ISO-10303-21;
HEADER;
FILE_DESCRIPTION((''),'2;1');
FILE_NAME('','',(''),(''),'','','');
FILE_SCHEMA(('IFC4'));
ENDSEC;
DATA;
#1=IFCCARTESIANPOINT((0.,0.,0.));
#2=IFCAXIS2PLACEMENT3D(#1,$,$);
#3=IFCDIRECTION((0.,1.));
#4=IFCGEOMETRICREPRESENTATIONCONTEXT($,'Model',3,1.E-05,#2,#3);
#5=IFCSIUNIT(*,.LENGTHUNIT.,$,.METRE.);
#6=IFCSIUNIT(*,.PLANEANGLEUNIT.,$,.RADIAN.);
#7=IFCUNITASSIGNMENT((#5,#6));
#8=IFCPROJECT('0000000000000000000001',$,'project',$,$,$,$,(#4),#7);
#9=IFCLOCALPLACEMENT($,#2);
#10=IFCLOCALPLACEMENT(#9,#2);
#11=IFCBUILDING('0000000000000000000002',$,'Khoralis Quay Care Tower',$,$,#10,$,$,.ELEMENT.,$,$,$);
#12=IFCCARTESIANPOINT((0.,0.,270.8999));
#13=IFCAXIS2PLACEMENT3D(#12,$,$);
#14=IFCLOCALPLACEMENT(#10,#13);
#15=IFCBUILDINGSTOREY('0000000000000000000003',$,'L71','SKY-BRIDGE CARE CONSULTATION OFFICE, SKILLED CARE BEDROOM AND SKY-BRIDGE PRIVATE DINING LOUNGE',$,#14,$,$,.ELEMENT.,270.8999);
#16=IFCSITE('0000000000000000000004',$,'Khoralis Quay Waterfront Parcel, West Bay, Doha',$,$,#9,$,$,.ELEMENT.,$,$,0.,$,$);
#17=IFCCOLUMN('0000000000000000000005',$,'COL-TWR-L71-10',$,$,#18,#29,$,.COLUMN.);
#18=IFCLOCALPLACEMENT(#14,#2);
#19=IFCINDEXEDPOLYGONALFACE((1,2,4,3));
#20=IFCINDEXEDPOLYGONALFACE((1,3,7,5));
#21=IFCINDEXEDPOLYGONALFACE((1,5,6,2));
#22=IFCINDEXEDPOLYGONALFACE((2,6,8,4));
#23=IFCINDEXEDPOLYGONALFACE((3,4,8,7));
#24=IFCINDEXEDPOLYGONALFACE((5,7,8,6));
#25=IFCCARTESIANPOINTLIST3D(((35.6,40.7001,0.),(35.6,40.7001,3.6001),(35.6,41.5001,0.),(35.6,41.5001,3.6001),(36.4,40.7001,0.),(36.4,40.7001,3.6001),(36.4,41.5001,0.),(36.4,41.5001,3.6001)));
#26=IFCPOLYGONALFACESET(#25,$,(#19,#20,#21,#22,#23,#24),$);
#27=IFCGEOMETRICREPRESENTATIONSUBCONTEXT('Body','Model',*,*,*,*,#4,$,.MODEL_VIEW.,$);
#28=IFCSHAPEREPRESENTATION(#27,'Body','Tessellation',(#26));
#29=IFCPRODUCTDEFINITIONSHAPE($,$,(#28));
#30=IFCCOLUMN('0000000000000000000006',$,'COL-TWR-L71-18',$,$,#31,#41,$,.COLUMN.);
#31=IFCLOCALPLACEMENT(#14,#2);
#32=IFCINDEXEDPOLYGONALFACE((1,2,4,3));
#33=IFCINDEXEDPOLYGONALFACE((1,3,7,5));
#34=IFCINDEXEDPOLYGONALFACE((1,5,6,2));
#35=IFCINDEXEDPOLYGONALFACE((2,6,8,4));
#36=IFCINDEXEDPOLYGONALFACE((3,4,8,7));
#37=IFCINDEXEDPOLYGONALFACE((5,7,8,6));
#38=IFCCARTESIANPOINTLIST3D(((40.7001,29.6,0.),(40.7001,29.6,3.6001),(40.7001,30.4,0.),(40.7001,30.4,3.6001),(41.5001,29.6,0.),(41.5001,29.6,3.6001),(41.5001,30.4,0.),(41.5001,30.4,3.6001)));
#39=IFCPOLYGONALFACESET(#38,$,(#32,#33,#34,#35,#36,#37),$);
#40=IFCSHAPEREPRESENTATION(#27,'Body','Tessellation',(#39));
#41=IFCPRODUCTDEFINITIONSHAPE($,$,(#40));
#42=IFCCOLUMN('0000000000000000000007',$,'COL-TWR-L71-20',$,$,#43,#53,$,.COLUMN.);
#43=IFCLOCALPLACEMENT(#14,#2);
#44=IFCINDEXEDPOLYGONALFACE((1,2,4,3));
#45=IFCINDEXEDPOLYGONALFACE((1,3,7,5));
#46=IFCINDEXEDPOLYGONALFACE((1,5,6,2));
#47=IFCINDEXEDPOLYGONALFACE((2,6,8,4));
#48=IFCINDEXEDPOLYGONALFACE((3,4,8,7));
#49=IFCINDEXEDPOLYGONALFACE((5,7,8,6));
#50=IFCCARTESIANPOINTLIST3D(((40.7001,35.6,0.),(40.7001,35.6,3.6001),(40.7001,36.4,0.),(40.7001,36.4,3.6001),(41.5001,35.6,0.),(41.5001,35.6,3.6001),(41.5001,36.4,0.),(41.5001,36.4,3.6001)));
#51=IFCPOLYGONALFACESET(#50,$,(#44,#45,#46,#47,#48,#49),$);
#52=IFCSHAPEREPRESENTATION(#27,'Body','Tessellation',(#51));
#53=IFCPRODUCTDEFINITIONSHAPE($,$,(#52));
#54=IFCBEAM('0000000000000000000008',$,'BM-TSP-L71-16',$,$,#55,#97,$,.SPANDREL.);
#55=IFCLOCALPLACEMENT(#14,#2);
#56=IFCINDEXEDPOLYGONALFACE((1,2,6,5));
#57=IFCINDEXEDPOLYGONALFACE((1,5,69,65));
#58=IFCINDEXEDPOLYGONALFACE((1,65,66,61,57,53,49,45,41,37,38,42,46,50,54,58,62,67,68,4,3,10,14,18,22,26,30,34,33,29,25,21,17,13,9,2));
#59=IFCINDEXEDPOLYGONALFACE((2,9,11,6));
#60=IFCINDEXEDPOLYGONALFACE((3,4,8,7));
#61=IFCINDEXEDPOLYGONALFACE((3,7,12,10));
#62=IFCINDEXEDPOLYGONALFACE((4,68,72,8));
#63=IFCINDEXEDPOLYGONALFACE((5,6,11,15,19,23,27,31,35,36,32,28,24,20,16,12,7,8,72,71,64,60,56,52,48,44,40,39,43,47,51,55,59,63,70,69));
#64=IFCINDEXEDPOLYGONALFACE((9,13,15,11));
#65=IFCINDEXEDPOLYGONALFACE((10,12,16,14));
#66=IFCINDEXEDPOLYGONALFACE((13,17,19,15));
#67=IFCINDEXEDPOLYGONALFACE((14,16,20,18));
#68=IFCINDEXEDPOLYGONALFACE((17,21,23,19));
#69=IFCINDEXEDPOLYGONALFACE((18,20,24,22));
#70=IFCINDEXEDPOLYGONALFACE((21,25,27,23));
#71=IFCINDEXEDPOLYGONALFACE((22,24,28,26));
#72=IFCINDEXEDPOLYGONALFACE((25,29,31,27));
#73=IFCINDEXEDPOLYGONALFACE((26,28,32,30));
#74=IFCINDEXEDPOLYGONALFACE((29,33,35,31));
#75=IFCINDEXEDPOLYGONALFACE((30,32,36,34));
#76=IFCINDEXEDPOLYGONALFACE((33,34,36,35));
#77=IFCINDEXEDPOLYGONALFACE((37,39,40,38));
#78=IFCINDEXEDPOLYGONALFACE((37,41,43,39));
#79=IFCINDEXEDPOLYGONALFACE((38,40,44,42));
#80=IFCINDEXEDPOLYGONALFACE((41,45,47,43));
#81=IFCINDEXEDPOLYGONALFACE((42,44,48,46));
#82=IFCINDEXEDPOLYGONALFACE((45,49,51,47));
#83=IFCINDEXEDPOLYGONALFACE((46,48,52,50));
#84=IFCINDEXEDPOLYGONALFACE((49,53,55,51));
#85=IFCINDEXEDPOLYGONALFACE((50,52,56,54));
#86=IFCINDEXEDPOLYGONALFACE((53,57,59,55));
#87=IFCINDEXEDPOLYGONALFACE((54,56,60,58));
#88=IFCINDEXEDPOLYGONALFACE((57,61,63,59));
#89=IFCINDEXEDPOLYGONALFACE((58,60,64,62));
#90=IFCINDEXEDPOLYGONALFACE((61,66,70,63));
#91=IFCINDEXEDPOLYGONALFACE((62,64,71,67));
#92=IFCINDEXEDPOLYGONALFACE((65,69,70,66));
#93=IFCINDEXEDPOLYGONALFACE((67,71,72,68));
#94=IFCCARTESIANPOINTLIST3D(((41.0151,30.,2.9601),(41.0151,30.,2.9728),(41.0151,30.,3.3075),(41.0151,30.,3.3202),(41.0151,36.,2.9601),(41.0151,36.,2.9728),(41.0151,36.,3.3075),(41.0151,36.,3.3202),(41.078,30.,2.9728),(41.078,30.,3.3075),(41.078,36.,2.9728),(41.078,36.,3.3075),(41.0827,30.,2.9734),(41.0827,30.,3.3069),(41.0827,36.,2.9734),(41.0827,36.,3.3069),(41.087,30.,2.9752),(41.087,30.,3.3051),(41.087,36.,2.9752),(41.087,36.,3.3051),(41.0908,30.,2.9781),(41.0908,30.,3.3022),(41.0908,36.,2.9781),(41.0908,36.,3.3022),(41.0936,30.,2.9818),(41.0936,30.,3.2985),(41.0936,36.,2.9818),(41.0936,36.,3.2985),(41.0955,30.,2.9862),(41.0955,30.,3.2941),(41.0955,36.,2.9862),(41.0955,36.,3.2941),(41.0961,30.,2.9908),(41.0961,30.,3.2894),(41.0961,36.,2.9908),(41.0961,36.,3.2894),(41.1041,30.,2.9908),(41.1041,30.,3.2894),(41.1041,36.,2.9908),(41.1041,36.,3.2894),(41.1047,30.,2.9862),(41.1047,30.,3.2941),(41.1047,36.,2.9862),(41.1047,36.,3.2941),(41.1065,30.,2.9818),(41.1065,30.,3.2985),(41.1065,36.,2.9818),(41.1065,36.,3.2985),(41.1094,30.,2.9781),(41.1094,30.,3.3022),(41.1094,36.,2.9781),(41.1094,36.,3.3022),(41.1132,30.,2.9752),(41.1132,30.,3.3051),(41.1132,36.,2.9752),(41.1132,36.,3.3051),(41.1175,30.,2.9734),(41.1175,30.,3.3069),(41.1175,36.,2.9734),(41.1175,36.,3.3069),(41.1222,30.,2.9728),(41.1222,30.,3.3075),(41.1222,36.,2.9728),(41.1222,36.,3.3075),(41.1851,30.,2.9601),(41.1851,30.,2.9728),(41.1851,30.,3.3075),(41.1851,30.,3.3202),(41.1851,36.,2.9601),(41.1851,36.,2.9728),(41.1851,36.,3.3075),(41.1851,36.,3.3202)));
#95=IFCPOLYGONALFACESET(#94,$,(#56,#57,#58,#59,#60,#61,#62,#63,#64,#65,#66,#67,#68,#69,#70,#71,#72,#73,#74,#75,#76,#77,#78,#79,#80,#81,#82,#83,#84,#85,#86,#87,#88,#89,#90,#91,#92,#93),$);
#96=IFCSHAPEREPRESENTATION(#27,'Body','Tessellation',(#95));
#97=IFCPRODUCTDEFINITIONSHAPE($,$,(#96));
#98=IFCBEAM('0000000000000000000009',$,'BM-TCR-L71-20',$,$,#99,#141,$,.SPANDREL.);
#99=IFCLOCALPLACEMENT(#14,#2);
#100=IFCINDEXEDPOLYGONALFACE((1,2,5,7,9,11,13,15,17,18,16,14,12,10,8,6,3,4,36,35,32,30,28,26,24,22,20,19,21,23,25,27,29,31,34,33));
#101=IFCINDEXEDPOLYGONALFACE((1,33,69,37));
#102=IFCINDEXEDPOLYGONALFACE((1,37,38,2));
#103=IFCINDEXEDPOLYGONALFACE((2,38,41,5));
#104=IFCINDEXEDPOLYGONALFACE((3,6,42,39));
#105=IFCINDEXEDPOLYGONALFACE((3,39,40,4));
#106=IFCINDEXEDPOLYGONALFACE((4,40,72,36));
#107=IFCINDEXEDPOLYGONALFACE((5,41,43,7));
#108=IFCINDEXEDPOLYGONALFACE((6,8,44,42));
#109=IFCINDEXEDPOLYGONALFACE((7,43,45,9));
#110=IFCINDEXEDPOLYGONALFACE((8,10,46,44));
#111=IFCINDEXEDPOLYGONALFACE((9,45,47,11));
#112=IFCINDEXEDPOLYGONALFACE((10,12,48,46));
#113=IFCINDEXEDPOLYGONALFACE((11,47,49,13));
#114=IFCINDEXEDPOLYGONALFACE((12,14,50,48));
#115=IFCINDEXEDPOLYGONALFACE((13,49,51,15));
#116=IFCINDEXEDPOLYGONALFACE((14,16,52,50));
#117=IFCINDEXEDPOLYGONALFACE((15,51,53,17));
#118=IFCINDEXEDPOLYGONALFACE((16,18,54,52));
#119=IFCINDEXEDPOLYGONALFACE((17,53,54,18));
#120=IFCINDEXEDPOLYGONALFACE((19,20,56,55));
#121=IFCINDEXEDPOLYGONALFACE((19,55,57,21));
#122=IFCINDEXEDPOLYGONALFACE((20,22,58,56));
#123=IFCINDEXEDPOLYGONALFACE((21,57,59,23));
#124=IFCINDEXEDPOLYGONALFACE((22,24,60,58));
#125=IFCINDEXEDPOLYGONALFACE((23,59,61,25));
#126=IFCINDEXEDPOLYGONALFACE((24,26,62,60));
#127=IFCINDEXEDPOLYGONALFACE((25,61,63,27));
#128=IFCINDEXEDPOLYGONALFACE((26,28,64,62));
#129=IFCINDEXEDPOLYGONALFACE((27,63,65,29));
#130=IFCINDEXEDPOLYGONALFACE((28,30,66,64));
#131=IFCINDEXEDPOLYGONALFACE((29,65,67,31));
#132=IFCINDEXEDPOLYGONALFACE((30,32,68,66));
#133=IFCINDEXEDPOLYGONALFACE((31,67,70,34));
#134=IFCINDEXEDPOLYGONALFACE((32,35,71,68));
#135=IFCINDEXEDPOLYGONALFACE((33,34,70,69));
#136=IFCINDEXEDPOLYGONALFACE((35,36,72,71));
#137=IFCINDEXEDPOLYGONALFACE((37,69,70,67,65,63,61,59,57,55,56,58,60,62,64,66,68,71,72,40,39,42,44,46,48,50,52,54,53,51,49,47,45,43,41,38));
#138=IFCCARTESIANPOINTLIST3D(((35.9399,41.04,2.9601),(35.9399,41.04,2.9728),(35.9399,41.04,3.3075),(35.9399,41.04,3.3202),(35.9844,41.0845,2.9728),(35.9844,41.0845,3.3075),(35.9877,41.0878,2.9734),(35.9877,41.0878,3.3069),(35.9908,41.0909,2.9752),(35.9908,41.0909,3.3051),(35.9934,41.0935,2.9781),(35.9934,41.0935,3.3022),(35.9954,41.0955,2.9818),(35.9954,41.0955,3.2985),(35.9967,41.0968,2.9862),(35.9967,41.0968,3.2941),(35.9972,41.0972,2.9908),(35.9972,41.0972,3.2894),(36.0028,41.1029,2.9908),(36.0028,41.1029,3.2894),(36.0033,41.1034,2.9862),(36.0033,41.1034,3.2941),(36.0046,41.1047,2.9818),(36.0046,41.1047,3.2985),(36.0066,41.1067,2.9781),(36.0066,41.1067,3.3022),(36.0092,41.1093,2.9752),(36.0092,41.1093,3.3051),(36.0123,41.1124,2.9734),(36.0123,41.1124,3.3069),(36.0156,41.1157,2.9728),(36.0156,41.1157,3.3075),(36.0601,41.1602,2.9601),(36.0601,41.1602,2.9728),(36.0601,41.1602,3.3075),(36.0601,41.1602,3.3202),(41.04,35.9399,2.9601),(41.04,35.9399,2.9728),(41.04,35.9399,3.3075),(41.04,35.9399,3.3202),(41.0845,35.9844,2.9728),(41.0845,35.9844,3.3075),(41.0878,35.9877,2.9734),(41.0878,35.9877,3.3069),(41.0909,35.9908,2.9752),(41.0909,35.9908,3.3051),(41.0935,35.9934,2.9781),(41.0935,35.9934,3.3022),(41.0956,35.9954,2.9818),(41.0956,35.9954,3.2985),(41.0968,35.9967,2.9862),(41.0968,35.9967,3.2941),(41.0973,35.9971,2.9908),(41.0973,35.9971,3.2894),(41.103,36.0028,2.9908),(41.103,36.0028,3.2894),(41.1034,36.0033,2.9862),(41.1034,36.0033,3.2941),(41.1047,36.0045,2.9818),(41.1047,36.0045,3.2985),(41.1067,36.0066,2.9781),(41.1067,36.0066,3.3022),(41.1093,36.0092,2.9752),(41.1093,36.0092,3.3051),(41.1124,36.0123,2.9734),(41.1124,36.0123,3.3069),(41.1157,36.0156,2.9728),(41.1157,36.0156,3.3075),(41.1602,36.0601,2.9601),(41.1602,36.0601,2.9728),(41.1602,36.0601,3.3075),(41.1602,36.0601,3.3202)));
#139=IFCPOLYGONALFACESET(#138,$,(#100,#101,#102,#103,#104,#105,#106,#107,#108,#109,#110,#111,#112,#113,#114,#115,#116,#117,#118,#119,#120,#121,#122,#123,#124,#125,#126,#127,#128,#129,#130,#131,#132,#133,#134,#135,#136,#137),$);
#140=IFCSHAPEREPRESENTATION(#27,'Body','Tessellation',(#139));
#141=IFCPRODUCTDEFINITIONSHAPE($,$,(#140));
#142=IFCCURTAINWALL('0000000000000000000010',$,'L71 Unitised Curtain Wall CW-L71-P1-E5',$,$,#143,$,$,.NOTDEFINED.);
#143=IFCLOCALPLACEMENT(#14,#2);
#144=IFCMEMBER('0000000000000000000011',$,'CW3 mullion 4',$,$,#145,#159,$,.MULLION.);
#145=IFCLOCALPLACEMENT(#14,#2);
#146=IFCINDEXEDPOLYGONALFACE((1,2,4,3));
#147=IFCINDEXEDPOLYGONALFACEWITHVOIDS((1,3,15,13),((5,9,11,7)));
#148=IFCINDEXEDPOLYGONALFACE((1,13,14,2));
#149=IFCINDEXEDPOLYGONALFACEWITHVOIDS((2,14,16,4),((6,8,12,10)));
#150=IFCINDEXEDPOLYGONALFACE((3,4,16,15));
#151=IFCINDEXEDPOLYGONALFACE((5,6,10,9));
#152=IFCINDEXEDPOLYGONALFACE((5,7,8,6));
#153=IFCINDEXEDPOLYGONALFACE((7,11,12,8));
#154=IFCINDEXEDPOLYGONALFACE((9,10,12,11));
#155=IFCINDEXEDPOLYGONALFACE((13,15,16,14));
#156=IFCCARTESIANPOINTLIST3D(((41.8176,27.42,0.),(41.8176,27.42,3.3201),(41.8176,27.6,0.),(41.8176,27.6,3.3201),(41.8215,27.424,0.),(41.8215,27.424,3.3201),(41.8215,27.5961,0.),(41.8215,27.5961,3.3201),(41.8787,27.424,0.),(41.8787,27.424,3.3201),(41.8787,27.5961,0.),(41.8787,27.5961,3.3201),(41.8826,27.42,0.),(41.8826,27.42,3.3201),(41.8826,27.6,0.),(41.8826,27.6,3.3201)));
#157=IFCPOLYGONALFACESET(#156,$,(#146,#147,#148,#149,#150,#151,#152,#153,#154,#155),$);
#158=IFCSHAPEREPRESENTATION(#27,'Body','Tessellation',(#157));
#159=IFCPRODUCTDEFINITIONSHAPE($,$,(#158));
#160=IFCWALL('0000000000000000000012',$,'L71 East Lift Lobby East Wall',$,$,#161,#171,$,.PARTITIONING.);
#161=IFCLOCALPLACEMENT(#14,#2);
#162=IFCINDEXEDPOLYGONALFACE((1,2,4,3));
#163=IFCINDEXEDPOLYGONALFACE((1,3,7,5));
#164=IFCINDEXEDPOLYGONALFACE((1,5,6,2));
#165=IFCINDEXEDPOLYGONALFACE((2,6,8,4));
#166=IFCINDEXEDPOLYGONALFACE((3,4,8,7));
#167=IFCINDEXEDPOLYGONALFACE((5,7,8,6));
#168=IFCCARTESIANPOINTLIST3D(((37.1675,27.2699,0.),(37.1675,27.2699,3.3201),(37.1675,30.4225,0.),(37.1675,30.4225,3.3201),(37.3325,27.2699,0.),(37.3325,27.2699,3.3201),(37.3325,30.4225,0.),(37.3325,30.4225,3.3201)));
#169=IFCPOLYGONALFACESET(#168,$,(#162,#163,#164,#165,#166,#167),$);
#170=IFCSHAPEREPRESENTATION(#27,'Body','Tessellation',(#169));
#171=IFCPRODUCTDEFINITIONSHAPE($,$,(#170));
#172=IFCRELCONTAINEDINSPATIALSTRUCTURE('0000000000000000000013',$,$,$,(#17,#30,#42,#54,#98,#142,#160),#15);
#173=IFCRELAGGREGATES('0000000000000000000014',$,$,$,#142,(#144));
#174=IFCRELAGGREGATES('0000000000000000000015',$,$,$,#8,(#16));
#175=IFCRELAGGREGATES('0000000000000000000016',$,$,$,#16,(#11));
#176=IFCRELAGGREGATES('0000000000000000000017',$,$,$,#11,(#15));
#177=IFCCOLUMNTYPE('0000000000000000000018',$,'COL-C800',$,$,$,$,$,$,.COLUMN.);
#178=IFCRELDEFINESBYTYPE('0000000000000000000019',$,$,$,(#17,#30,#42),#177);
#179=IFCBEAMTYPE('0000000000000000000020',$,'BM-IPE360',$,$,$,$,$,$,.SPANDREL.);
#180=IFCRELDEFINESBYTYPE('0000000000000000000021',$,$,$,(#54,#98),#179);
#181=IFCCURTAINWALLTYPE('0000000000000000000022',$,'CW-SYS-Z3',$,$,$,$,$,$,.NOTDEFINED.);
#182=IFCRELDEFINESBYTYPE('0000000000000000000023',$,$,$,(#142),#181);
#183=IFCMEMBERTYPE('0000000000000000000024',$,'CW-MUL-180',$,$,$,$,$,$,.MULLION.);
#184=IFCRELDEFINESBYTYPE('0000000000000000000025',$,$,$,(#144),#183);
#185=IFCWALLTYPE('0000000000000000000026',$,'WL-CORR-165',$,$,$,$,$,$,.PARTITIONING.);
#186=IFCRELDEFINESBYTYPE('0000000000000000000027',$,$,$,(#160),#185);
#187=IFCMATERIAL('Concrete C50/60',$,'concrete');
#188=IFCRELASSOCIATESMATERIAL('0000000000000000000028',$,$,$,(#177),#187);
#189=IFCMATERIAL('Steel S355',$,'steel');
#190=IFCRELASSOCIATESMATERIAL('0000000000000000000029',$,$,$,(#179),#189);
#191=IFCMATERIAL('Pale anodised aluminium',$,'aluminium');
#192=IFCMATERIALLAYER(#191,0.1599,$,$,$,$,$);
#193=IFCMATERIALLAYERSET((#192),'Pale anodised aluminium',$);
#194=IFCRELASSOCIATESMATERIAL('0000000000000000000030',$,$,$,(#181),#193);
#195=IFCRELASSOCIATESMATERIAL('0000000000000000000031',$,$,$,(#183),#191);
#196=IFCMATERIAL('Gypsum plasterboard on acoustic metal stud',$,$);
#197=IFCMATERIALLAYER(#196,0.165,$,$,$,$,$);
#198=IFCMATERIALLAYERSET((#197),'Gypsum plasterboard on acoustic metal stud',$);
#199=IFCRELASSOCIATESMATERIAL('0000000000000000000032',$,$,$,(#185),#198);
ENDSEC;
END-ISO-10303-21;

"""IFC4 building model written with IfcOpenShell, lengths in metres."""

from ifc_helpers import new_model, si_unit, direction, frame, frame_2d, origin, origin_2d, place, context, subcontext, project, spatial, rectangle, hollow_rectangle, i_section, extrude, source, transform, mapped, material, layer, layer_set, material_profile, profile_set, type_object, element, aggregate, save


model = new_model("IFC4")

# Units and contexts
model_context = context("Model", 3, precision=1e-05, world=origin(), true_north=direction((0.0, 1.0)))
body_context = subcontext(model_context, "Body", "Model", "MODEL_VIEW")
ifc_project = project(units=[si_unit("LENGTHUNIT", "METRE"), si_unit("PLANEANGLEUNIT", "RADIAN")], contexts=[model_context])

# Site, building, storey
site_placement = place(None, origin())
site = spatial("IfcSite", under=ifc_project, at=site_placement, Name="Khoralis Quay Waterfront Parcel, West Bay, Doha", CompositionType="ELEMENT", RefElevation=0.0)
building_placement = place(site_placement, origin())
building = spatial("IfcBuilding", under=site, at=building_placement, Name="Khoralis Quay Care Tower", CompositionType="ELEMENT")
storey_placement = place(building_placement, frame((0.0, 0.0, 270.8999)))
storey = spatial("IfcBuildingStorey", under=building, at=storey_placement, Name="L71", Description="SKY-BRIDGE CARE CONSULTATION OFFICE, SKILLED CARE BEDROOM AND SKY-BRIDGE PRIVATE DINING LOUNGE", CompositionType="ELEMENT", Elevation=270.8999)

# Columns
ifc_material_1 = material(Name="Concrete C50/60", Category="concrete")
ifc_material_profile_1 = material_profile(ifc_material_1, rectangle(XDim=0.8, YDim=0.8, at=origin_2d()), Name="Concrete C50/60")
ifc_profile_set_1 = profile_set([ifc_material_profile_1], Name="Concrete C50/60")
column_type = type_object("IfcColumnType", Name="COL-C800", PredefinedType="COLUMN", material=ifc_profile_set_1)
shared_shape_1 = source(origin(), body_context, "Body", "SweptSolid", [
    extrude(rectangle(XDim=0.8, YDim=0.8, at=origin_2d()), origin(), (0.0, 0.0, 1.0), 3.6001),
])
for number, where, z_axis, x_axis, name in (
    (1, (36.0, 41.1001, 0.0), (0.0, 0.0, 1.0), (1.0, 0.0, 0.0), "COL-TWR-L71-10"),
    (2, (41.1001, 30.0, 0.0), (0.0, 0.0, 1.0), (1.0, 0.0, 0.0), "COL-TWR-L71-18"),
    (3, (41.1001, 36.0, 0.0), (0.0, 0.0, 1.0), (1.0, 0.0, 0.0), "COL-TWR-L71-20"),
):
    element("IfcColumn", number, at=place(storey_placement, frame(where, z_axis=z_axis, x_axis=x_axis)), inside=storey, type_object=column_type, Name=name, PredefinedType="COLUMN", context=body_context, shape_type="MappedRepresentation", body=[
        mapped(shared_shape_1, transform((0.0, 0.0, 0.0), scale=1.0)),
    ])

# Beams
ifc_material_2 = material(Name="Steel S355", Category="steel")
ifc_material_profile_2 = material_profile(ifc_material_2, i_section(OverallWidth=0.1699, OverallDepth=0.3601, WebThickness=0.0081, FlangeThickness=0.0127, FilletRadius=0.0181, at=origin_2d()), Name="Steel S355")
ifc_profile_set_2 = profile_set([ifc_material_profile_2], Name="Steel S355")
beam_type = type_object("IfcBeamType", Name="BM-IPE360", PredefinedType="SPANDREL", material=ifc_profile_set_2)
shared_shape_2 = source(origin(), body_context, "Body", "SweptSolid", [
    extrude(i_section(OverallWidth=0.1699, OverallDepth=0.3601, WebThickness=0.0081, FlangeThickness=0.0127, FilletRadius=0.0181, at=origin_2d()), origin(), (0.0, 0.0, 1.0), 6.0),
])
beam_1_placement = place(storey_placement, frame((41.1001, 30.0, 3.1401), z_axis=(0.0, 1.0, 0.0), x_axis=(-1.0, 0.0, 0.0)))
element("IfcBeam", 4, at=beam_1_placement, inside=storey, type_object=beam_type, Name="BM-TSP-L71-16", PredefinedType="SPANDREL", context=body_context, shape_type="MappedRepresentation", body=[
    mapped(shared_shape_2, transform((0.0, 0.0, 0.0), scale=1.0)),
])
shared_shape_3 = source(origin(), body_context, "Body", "SweptSolid", [
    extrude(i_section(OverallWidth=0.1699, OverallDepth=0.3601, WebThickness=0.0081, FlangeThickness=0.0127, FilletRadius=0.0181, at=origin_2d()), origin(), (0.0, 0.0, 1.0), 7.2126),
])
beam_2_placement = place(storey_placement, frame((36.0, 41.1001, 3.1401), z_axis=(0.707107, -0.707107, 0.0), x_axis=(0.707107, 0.707107, 0.0)))
element("IfcBeam", 5, at=beam_2_placement, inside=storey, type_object=beam_type, Name="BM-TCR-L71-20", PredefinedType="SPANDREL", context=body_context, shape_type="MappedRepresentation", body=[
    mapped(shared_shape_3, transform((0.0, 0.0, 0.0), scale=1.0)),
])

# Curtain wall, member
ifc_material_3 = material(Name="Pale anodised aluminium", Category="aluminium")
ifc_layer_1 = layer(ifc_material_3, 0.1599)
ifc_layer_set_1 = layer_set([ifc_layer_1], Name="Pale anodised aluminium")
curtain_wall_type = type_object("IfcCurtainWallType", Name="CW-SYS-Z3", PredefinedType="NOTDEFINED", material=ifc_layer_set_1)
curtain_wall_placement = place(storey_placement, origin())
curtain_wall = element("IfcCurtainWall", 6, at=curtain_wall_placement, inside=storey, type_object=curtain_wall_type, Name="L71 Unitised Curtain Wall CW-L71-P1-E5", PredefinedType="NOTDEFINED")
ifc_material_profile_3 = material_profile(ifc_material_3, hollow_rectangle(XDim=0.0649, YDim=0.1799, WallThickness=0.0039, at=origin_2d()), Name="Pale anodised aluminium")
ifc_profile_set_3 = profile_set([ifc_material_profile_3], Name="Pale anodised aluminium")
member_type = type_object("IfcMemberType", Name="CW-MUL-180", PredefinedType="MULLION", material=ifc_profile_set_3)
shared_shape_4 = source(origin(), body_context, "Body", "SweptSolid", [
    extrude(hollow_rectangle(XDim=0.0649, YDim=0.1799, WallThickness=0.0039, at=origin_2d()), origin(), (0.0, 0.0, 1.0), 3.3201),
])
member_placement = place(storey_placement, frame((41.8501, 27.51, 0.0), z_axis=(0.0, 0.0, 1.0), x_axis=(-1.0, 0.0, 0.0)))
member = element("IfcMember", 7, at=member_placement, type_object=member_type, Name="CW3 mullion 4", PredefinedType="MULLION", context=body_context, shape_type="MappedRepresentation", body=[
    mapped(shared_shape_4, transform((0.0, 0.0, 0.0), scale=1.0)),
])
aggregate(curtain_wall, [member])

# Wall
ifc_material_4 = material(Name="Gypsum plasterboard on acoustic metal stud")
ifc_layer_2 = layer(ifc_material_4, 0.165)
ifc_layer_set_2 = layer_set([ifc_layer_2], Name="Gypsum plasterboard on acoustic metal stud")
wall_type_1 = type_object("IfcWallType", Name="WL-CORR-165", PredefinedType="PARTITIONING", material=ifc_layer_set_2)
wall_1_placement = place(storey_placement, frame((37.25, 27.27, 0.0), z_axis=(0.0, 0.0, 1.0), x_axis=(0.0, 1.0, 0.0)))
element("IfcWall", 8, at=wall_1_placement, inside=storey, type_object=wall_type_1, Name="L71 East Lift Lobby East Wall", PredefinedType="PARTITIONING", context=body_context, shape_type="SweptSolid", body=[
    extrude(rectangle(XDim=3.1526, YDim=0.165, at=frame_2d((1.5762, 0.0))), origin(), (0.0, 0.0, 1.0), 3.3201),
])

save(model, "model.ifc")
